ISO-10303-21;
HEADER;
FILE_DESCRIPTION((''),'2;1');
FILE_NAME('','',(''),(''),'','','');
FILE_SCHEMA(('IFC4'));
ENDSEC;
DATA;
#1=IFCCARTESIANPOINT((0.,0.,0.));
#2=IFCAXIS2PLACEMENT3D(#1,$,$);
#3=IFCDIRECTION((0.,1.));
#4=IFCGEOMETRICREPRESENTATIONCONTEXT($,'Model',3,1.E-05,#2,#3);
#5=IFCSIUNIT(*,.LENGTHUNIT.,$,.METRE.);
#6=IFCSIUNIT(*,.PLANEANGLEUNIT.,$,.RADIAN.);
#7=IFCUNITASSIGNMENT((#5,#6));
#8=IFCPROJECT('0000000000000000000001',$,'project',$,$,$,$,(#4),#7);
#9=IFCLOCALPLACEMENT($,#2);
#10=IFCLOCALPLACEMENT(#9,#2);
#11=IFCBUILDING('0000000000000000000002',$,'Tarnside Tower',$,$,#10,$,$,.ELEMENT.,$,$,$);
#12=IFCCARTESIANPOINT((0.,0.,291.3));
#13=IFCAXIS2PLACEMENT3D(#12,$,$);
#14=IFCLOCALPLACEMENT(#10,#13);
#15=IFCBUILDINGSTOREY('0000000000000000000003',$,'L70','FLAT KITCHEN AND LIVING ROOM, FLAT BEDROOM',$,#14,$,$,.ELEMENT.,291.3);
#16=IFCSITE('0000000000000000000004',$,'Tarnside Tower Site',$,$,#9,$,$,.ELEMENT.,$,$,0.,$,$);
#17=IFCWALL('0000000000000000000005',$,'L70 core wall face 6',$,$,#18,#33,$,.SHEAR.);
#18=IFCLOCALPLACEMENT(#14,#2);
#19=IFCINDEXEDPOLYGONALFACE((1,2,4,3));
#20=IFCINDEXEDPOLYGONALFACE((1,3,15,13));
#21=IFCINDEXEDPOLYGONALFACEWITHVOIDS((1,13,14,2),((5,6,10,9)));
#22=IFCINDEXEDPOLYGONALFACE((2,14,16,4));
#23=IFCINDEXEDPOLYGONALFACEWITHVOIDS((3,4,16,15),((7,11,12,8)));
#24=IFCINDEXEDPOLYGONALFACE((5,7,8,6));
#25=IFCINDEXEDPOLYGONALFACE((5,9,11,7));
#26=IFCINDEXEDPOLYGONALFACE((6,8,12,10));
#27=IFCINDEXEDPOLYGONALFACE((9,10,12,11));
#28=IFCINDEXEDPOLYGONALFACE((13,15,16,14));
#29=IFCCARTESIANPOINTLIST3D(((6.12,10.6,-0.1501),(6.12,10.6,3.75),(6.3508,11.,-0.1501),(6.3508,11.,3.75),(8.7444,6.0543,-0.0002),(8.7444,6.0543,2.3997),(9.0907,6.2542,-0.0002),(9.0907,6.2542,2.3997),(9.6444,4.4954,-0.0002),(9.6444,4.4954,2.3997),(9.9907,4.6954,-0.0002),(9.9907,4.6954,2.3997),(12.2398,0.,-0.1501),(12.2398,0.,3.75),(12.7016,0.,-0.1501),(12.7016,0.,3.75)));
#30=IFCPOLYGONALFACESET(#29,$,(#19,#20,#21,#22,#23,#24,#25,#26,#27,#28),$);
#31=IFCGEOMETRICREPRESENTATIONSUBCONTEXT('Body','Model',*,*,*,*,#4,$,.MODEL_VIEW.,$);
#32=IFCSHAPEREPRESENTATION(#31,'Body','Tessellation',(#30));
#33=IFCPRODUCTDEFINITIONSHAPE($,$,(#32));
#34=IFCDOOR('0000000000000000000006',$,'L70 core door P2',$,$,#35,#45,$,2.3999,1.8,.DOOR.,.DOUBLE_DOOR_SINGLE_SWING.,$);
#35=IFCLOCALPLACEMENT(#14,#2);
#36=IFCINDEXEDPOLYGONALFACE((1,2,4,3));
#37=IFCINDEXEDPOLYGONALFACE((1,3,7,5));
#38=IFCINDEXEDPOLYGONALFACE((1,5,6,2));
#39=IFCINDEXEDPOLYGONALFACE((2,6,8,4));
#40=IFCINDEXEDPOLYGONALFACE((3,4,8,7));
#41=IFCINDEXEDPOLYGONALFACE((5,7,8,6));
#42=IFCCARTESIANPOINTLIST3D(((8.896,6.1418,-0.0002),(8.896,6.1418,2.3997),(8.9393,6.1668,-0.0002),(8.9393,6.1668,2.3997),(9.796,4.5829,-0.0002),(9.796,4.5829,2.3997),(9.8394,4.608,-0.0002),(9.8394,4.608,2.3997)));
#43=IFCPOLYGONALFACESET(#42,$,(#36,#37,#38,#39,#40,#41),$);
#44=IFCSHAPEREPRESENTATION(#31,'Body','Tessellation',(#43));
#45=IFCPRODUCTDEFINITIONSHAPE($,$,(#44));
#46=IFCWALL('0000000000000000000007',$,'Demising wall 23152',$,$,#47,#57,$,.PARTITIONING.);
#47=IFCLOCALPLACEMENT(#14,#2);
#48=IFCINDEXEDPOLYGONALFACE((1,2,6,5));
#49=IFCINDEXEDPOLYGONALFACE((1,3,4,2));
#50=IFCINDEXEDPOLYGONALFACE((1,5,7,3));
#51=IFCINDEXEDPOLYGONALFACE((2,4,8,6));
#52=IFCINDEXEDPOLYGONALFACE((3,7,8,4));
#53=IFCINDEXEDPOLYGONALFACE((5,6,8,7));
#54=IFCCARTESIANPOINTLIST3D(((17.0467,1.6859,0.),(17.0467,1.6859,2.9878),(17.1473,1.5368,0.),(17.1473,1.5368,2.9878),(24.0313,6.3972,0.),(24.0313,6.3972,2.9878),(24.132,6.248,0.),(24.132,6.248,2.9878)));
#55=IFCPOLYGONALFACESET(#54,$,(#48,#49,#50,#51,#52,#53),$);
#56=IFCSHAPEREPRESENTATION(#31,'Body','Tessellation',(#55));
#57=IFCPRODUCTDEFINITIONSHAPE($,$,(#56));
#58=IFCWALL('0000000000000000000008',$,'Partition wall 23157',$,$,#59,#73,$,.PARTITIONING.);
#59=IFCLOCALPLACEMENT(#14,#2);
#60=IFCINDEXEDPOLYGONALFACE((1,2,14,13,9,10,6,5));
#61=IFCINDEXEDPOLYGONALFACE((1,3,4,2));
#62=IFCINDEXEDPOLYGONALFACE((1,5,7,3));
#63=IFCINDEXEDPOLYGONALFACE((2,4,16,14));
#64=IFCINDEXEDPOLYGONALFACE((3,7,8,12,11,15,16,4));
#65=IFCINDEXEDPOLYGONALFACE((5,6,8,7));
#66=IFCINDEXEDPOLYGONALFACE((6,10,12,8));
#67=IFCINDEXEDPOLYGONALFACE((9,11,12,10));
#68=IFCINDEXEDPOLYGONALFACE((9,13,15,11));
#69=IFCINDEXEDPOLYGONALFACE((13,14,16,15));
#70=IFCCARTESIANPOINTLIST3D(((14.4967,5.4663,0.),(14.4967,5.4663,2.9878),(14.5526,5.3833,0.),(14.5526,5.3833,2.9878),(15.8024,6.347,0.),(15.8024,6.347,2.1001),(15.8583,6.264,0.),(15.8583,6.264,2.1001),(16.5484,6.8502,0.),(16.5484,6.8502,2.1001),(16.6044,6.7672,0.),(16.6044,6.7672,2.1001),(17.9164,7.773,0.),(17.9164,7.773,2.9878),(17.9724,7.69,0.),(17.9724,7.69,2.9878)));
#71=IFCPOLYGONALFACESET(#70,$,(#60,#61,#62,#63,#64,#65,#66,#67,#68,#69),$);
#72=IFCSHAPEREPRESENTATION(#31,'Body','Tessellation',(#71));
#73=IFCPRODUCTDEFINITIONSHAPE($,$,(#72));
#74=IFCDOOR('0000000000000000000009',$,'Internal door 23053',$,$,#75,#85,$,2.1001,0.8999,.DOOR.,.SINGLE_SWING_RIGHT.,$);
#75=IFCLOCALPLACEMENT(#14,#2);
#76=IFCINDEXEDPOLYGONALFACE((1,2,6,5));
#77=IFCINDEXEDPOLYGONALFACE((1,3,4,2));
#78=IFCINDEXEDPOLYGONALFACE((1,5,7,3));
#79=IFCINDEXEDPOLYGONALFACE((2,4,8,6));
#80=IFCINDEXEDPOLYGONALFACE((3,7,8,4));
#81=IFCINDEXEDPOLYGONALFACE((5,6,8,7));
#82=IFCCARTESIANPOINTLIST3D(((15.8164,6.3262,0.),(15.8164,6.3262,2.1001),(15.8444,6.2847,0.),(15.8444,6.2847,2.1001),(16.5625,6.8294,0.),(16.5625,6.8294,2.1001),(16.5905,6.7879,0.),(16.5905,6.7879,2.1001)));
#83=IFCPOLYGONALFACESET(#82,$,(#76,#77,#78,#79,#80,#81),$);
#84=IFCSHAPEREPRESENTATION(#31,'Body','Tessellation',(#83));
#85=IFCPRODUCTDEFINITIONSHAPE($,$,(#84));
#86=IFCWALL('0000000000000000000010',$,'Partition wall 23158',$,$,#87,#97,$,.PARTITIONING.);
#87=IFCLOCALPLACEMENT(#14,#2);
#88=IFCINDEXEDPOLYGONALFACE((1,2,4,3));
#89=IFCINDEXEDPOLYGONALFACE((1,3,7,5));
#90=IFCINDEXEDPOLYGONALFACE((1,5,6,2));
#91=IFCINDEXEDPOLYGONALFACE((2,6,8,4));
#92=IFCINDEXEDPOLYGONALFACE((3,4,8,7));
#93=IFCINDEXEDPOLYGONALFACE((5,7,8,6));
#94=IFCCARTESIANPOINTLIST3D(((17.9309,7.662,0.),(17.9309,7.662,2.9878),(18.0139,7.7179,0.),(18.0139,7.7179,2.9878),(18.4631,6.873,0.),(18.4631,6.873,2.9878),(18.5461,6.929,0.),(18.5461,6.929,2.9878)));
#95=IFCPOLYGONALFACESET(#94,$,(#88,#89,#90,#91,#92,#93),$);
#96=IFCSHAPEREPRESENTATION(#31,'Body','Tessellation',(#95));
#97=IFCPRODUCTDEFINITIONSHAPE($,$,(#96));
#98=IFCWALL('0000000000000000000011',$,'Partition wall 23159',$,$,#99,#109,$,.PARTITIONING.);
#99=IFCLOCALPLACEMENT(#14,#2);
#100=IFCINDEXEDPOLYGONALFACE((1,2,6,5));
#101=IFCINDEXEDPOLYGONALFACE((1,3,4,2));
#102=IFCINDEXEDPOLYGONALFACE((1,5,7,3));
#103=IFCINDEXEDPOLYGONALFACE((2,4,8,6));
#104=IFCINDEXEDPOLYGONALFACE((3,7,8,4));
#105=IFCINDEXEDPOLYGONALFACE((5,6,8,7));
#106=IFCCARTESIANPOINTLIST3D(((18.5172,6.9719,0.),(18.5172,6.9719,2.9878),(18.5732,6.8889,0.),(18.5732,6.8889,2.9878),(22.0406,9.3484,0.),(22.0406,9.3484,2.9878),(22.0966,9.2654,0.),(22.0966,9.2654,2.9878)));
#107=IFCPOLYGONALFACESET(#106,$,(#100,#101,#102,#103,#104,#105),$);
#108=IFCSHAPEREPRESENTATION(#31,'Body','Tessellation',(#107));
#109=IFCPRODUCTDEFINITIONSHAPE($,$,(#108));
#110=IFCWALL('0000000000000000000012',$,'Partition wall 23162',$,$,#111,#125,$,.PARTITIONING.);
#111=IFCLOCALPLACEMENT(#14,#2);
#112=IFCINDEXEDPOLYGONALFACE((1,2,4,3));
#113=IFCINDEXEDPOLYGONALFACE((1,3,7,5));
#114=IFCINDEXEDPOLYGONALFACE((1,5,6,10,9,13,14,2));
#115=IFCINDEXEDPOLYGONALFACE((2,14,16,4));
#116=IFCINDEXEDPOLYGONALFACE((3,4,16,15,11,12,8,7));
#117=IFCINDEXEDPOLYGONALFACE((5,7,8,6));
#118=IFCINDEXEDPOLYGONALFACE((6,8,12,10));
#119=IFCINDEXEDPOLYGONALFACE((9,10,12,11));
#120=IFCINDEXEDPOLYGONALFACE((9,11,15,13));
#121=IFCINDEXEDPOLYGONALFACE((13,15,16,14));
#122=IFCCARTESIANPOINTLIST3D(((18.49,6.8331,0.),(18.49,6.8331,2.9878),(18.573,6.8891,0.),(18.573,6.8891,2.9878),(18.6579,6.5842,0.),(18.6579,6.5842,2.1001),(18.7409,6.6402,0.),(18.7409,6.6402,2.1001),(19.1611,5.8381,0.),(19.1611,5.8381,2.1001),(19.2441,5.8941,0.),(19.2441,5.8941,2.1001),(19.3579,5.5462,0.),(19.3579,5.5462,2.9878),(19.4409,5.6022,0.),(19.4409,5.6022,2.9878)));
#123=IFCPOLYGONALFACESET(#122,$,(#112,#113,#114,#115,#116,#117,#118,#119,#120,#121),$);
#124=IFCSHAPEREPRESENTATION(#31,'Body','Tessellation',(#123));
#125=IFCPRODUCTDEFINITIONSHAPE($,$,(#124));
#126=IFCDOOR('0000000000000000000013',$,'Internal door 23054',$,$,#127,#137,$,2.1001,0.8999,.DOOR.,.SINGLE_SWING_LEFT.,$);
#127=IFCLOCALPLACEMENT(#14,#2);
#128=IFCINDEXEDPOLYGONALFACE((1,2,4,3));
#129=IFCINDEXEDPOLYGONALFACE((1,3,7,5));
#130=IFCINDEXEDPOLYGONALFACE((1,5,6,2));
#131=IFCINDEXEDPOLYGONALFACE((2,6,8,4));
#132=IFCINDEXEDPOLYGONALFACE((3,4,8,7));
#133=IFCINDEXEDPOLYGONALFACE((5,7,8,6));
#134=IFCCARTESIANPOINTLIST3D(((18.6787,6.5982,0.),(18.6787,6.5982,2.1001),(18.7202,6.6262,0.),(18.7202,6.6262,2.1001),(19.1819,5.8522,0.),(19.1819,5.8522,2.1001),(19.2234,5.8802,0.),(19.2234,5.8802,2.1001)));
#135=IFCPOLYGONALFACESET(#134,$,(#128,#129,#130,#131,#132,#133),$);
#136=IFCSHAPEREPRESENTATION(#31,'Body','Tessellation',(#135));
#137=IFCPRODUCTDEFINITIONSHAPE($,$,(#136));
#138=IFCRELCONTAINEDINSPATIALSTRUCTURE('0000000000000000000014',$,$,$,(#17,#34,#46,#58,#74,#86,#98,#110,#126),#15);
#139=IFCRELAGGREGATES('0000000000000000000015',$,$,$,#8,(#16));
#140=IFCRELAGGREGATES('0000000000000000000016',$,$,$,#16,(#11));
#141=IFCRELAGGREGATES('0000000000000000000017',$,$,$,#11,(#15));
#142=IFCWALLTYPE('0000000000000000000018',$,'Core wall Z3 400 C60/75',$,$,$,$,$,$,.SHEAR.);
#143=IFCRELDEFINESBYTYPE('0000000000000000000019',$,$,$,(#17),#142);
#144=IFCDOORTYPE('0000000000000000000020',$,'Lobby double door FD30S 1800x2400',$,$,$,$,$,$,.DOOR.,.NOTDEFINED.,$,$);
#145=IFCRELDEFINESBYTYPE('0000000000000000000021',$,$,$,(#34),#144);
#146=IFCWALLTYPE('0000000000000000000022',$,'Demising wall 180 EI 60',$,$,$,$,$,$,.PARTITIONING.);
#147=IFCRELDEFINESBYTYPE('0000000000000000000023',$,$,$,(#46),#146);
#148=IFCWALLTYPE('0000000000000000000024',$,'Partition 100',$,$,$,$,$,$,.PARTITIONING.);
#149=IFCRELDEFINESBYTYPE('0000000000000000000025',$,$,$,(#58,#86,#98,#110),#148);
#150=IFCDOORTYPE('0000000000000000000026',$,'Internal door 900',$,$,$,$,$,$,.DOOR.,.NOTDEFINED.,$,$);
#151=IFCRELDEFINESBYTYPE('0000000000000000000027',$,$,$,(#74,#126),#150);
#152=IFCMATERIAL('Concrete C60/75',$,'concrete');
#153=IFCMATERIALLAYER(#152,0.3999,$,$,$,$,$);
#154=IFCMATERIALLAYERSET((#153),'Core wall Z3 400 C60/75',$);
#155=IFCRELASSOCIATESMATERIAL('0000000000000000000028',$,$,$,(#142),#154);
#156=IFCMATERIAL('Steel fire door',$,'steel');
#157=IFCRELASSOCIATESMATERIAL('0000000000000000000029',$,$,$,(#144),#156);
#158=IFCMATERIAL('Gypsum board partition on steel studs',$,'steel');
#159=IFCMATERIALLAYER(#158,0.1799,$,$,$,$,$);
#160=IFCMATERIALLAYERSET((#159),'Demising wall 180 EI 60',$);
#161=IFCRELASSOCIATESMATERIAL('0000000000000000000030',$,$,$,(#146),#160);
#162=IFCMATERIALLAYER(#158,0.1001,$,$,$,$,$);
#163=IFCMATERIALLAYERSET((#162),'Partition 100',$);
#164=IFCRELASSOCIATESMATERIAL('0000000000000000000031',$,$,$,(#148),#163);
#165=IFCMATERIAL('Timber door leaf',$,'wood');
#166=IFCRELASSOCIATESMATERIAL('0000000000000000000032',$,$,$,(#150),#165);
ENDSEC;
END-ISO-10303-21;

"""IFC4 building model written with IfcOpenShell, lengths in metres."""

from ifc_helpers import new_model, si_unit, direction, frame, frame_2d, origin, place, context, subcontext, project, spatial, polyline, rectangle, outline, extrude, material, layer, layer_set, type_object, element, fill, save


model = new_model("IFC4")

# Units and contexts
model_context = context("Model", 3, precision=1e-05, world=origin(), true_north=direction((0.0, 1.0)))
body_context = subcontext(model_context, "Body", "Model", "MODEL_VIEW")
ifc_project = project(units=[si_unit("LENGTHUNIT", "METRE"), si_unit("PLANEANGLEUNIT", "RADIAN")], contexts=[model_context])

# Site, building, storey
site_placement = place(None, origin())
site = spatial("IfcSite", under=ifc_project, at=site_placement, Name="Tarnside Tower Site", CompositionType="ELEMENT", RefElevation=0.0)
building_placement = place(site_placement, origin())
building = spatial("IfcBuilding", under=site, at=building_placement, Name="Tarnside Tower", CompositionType="ELEMENT")
storey_placement = place(building_placement, frame((0.0, 0.0, 291.3)))
storey = spatial("IfcBuildingStorey", under=building, at=storey_placement, Name="L70", Description="FLAT KITCHEN AND LIVING ROOM, FLAT BEDROOM", CompositionType="ELEMENT", Elevation=291.3)

# Shared definitions
ifc_material_1 = material(Name="Gypsum board partition on steel studs", Category="steel")

# Shared definitions
ifc_material_2 = material(Name="Timber door leaf", Category="wood")

# Wall, opening, door
ifc_material_3 = material(Name="Concrete C60/75", Category="concrete")
ifc_layer_1 = layer(ifc_material_3, 0.3999)
ifc_layer_set_1 = layer_set([ifc_layer_1], Name="Core wall Z3 400 C60/75")
wall_type_1 = type_object("IfcWallType", Name="Core wall Z3 400 C60/75", PredefinedType="SHEAR", material=ifc_layer_set_1)
wall_1_placement = place(storey_placement, frame((12.4707, 0.0, -0.1501), z_axis=(0.0, 0.0, 1.0), x_axis=(-0.499996, 0.866027, 0.0)))
wall_1 = element("IfcWall", 1, at=wall_1_placement, inside=storey, type_object=wall_type_1, Name="L70 core wall face 6", PredefinedType="SHEAR", context=body_context, shape_type="SweptSolid", body=[
    extrude(outline(polyline([(-0.1155, -0.2), (12.5862, -0.2), (12.3552, 0.2), (0.1155, 0.2), (-0.1155, -0.2)])), origin(), (0.0, 0.0, 1.0), 3.9001),
])
opening_1_placement = place(wall_1_placement, frame((5.3064, 0.0, 0.1499)))
opening_1 = element("IfcOpeningElement", 2, at=opening_1_placement, cuts=wall_1, PredefinedType="OPENING", context=body_context, shape_type="SweptSolid", body=[
    extrude(rectangle(XDim=1.8, YDim=2.3999, at=frame_2d((0.8999, 1.2))), frame((0.0, 0.21, 0.0), z_axis=(0.0, -1.0, 0.0), x_axis=(1.0, 0.0, 0.0)), (0.0, 0.0, 1.0), 0.4199),
])
ifc_material_4 = material(Name="Steel fire door", Category="steel")
door_type_1 = type_object("IfcDoorType", Name="Lobby double door FD30S 1800x2400", OperationType="NOTDEFINED", PredefinedType="DOOR", material=ifc_material_4)
door_1_placement = place(opening_1_placement, origin())
door_1 = element("IfcDoor", 3, at=door_1_placement, inside=storey, type_object=door_type_1, Name="L70 core door P2", OperationType="DOUBLE_DOOR_SINGLE_SWING", OverallHeight=2.3999, OverallWidth=1.8, PredefinedType="DOOR", context=body_context, shape_type="SweptSolid", body=[
    extrude(rectangle(XDim=1.8, YDim=2.3999, at=frame_2d((0.8999, 1.2))), frame((0.0, 0.0249, 0.0), z_axis=(0.0, -1.0, 0.0), x_axis=(1.0, 0.0, 0.0)), (0.0, 0.0, 1.0), 0.05),
])
fill(opening_1, door_1)

# Wall
ifc_layer_2 = layer(ifc_material_1, 0.1799)
ifc_layer_set_2 = layer_set([ifc_layer_2], Name="Demising wall 180 EI 60")
wall_type_2 = type_object("IfcWallType", Name="Demising wall 180 EI 60", PredefinedType="PARTITIONING", material=ifc_layer_set_2)
wall_2_placement = place(storey_placement, frame((24.0815, 6.3225, 0.0), z_axis=(0.0, 0.0, 1.0), x_axis=(-0.829038, -0.559193, 0.0)))
element("IfcWall", 4, at=wall_2_placement, inside=storey, type_object=wall_type_2, Name="Demising wall 23152", PredefinedType="PARTITIONING", context=body_context, shape_type="SweptSolid", body=[
    extrude(rectangle(XDim=8.425, YDim=0.1799, at=frame_2d((4.2124, 0.0))), origin(), (0.0, 0.0, 1.0), 2.9878),
])

# Wall, opening, door
ifc_layer_3 = layer(ifc_material_1, 0.1001)
ifc_layer_set_3 = layer_set([ifc_layer_3], Name="Partition 100")
wall_type_3 = type_object("IfcWallType", Name="Partition 100", PredefinedType="PARTITIONING", material=ifc_layer_set_3)
wall_3_placement = place(storey_placement, frame((14.5247, 5.4248, 0.0), z_axis=(0.0, 0.0, 1.0), x_axis=(0.829033, 0.559199, 0.0)))
wall_3 = element("IfcWall", 5, at=wall_3_placement, inside=storey, type_object=wall_type_3, Name="Partition wall 23157", PredefinedType="PARTITIONING", context=body_context, shape_type="SweptSolid", body=[
    extrude(rectangle(XDim=4.125, YDim=0.1001, at=frame_2d((2.0625, 0.0))), origin(), (0.0, 0.0, 1.0), 2.9878),
])
opening_2_placement = place(wall_3_placement, frame((1.575, 0.0, 0.0)))
opening_2 = element("IfcOpeningElement", 6, at=opening_2_placement, cuts=wall_3, PredefinedType="OPENING", context=body_context, shape_type="SweptSolid", body=[
    extrude(rectangle(XDim=0.8999, YDim=2.1001, at=frame_2d((0.45, 1.05))), frame((0.0, 0.0601, 0.0), z_axis=(0.0, -1.0, 0.0), x_axis=(1.0, 0.0, 0.0)), (0.0, 0.0, 1.0), 0.1201),
])
door_type_2 = type_object("IfcDoorType", Name="Internal door 900", OperationType="NOTDEFINED", PredefinedType="DOOR", material=ifc_material_2)
door_2_placement = place(opening_2_placement, origin())
door_2 = element("IfcDoor", 7, at=door_2_placement, inside=storey, type_object=door_type_2, Name="Internal door 23053", OperationType="SINGLE_SWING_RIGHT", OverallHeight=2.1001, OverallWidth=0.8999, PredefinedType="DOOR", context=body_context, shape_type="SweptSolid", body=[
    extrude(rectangle(XDim=0.8999, YDim=2.1001, at=frame_2d((0.45, 1.05))), frame((0.0, 0.0249, 0.0), z_axis=(0.0, -1.0, 0.0), x_axis=(1.0, 0.0, 0.0)), (0.0, 0.0, 1.0), 0.05),
])
fill(opening_2, door_2)

# Walls
wall_4_placement = place(storey_placement, frame((17.9724, 7.6899, 0.0), z_axis=(0.0, 0.0, 1.0), x_axis=(0.559191, -0.829039, 0.0)))
element("IfcWall", 8, at=wall_4_placement, inside=storey, type_object=wall_type_3, Name="Partition wall 23158", PredefinedType="PARTITIONING", context=body_context, shape_type="SweptSolid", body=[
    extrude(rectangle(XDim=0.9517, YDim=0.1001, at=frame_2d((0.4758, 0.0))), origin(), (0.0, 0.0, 1.0), 2.9878),
])
wall_5_placement = place(storey_placement, frame((18.5452, 6.9304, 0.0), z_axis=(0.0, 0.0, 1.0), x_axis=(0.829051, 0.559173, 0.0)))
element("IfcWall", 9, at=wall_5_placement, inside=storey, type_object=wall_type_3, Name="Partition wall 23159", PredefinedType="PARTITIONING", context=body_context, shape_type="SweptSolid", body=[
    extrude(rectangle(XDim=4.25, YDim=0.1001, at=frame_2d((2.125, 0.0))), origin(), (0.0, 0.0, 1.0), 2.9878),
])

# Wall, opening, door
wall_6_placement = place(storey_placement, frame((19.3994, 5.5742, 0.0), z_axis=(0.0, 0.0, 1.0), x_axis=(-0.559157, 0.829062, 0.0)))
wall_6 = element("IfcWall", 10, at=wall_6_placement, inside=storey, type_object=wall_type_3, Name="Partition wall 23162", PredefinedType="PARTITIONING", context=body_context, shape_type="SweptSolid", body=[
    extrude(rectangle(XDim=1.5522, YDim=0.1001, at=frame_2d((0.7761, 0.0))), origin(), (0.0, 0.0, 1.0), 2.9878),
])
opening_3_placement = place(wall_6_placement, frame((0.3521, 0.0, 0.0)))
opening_3 = element("IfcOpeningElement", 11, at=opening_3_placement, cuts=wall_6, PredefinedType="OPENING", context=body_context, shape_type="SweptSolid", body=[
    extrude(rectangle(XDim=0.8999, YDim=2.1001, at=frame_2d((0.45, 1.05))), frame((0.0, 0.0601, 0.0), z_axis=(0.0, -1.0, 0.0), x_axis=(1.0, 0.0, 0.0)), (0.0, 0.0, 1.0), 0.1201),
])
door_3_placement = place(opening_3_placement, origin())
door_3 = element("IfcDoor", 12, at=door_3_placement, inside=storey, type_object=door_type_2, Name="Internal door 23054", OperationType="SINGLE_SWING_LEFT", OverallHeight=2.1001, OverallWidth=0.8999, PredefinedType="DOOR", context=body_context, shape_type="SweptSolid", body=[
    extrude(rectangle(XDim=0.8999, YDim=2.1001, at=frame_2d((0.45, 1.05))), frame((0.0, 0.0249, 0.0), z_axis=(0.0, -1.0, 0.0), x_axis=(1.0, 0.0, 0.0)), (0.0, 0.0, 1.0), 0.05),
])
fill(opening_3, door_3)

save(model, "model.ifc")
